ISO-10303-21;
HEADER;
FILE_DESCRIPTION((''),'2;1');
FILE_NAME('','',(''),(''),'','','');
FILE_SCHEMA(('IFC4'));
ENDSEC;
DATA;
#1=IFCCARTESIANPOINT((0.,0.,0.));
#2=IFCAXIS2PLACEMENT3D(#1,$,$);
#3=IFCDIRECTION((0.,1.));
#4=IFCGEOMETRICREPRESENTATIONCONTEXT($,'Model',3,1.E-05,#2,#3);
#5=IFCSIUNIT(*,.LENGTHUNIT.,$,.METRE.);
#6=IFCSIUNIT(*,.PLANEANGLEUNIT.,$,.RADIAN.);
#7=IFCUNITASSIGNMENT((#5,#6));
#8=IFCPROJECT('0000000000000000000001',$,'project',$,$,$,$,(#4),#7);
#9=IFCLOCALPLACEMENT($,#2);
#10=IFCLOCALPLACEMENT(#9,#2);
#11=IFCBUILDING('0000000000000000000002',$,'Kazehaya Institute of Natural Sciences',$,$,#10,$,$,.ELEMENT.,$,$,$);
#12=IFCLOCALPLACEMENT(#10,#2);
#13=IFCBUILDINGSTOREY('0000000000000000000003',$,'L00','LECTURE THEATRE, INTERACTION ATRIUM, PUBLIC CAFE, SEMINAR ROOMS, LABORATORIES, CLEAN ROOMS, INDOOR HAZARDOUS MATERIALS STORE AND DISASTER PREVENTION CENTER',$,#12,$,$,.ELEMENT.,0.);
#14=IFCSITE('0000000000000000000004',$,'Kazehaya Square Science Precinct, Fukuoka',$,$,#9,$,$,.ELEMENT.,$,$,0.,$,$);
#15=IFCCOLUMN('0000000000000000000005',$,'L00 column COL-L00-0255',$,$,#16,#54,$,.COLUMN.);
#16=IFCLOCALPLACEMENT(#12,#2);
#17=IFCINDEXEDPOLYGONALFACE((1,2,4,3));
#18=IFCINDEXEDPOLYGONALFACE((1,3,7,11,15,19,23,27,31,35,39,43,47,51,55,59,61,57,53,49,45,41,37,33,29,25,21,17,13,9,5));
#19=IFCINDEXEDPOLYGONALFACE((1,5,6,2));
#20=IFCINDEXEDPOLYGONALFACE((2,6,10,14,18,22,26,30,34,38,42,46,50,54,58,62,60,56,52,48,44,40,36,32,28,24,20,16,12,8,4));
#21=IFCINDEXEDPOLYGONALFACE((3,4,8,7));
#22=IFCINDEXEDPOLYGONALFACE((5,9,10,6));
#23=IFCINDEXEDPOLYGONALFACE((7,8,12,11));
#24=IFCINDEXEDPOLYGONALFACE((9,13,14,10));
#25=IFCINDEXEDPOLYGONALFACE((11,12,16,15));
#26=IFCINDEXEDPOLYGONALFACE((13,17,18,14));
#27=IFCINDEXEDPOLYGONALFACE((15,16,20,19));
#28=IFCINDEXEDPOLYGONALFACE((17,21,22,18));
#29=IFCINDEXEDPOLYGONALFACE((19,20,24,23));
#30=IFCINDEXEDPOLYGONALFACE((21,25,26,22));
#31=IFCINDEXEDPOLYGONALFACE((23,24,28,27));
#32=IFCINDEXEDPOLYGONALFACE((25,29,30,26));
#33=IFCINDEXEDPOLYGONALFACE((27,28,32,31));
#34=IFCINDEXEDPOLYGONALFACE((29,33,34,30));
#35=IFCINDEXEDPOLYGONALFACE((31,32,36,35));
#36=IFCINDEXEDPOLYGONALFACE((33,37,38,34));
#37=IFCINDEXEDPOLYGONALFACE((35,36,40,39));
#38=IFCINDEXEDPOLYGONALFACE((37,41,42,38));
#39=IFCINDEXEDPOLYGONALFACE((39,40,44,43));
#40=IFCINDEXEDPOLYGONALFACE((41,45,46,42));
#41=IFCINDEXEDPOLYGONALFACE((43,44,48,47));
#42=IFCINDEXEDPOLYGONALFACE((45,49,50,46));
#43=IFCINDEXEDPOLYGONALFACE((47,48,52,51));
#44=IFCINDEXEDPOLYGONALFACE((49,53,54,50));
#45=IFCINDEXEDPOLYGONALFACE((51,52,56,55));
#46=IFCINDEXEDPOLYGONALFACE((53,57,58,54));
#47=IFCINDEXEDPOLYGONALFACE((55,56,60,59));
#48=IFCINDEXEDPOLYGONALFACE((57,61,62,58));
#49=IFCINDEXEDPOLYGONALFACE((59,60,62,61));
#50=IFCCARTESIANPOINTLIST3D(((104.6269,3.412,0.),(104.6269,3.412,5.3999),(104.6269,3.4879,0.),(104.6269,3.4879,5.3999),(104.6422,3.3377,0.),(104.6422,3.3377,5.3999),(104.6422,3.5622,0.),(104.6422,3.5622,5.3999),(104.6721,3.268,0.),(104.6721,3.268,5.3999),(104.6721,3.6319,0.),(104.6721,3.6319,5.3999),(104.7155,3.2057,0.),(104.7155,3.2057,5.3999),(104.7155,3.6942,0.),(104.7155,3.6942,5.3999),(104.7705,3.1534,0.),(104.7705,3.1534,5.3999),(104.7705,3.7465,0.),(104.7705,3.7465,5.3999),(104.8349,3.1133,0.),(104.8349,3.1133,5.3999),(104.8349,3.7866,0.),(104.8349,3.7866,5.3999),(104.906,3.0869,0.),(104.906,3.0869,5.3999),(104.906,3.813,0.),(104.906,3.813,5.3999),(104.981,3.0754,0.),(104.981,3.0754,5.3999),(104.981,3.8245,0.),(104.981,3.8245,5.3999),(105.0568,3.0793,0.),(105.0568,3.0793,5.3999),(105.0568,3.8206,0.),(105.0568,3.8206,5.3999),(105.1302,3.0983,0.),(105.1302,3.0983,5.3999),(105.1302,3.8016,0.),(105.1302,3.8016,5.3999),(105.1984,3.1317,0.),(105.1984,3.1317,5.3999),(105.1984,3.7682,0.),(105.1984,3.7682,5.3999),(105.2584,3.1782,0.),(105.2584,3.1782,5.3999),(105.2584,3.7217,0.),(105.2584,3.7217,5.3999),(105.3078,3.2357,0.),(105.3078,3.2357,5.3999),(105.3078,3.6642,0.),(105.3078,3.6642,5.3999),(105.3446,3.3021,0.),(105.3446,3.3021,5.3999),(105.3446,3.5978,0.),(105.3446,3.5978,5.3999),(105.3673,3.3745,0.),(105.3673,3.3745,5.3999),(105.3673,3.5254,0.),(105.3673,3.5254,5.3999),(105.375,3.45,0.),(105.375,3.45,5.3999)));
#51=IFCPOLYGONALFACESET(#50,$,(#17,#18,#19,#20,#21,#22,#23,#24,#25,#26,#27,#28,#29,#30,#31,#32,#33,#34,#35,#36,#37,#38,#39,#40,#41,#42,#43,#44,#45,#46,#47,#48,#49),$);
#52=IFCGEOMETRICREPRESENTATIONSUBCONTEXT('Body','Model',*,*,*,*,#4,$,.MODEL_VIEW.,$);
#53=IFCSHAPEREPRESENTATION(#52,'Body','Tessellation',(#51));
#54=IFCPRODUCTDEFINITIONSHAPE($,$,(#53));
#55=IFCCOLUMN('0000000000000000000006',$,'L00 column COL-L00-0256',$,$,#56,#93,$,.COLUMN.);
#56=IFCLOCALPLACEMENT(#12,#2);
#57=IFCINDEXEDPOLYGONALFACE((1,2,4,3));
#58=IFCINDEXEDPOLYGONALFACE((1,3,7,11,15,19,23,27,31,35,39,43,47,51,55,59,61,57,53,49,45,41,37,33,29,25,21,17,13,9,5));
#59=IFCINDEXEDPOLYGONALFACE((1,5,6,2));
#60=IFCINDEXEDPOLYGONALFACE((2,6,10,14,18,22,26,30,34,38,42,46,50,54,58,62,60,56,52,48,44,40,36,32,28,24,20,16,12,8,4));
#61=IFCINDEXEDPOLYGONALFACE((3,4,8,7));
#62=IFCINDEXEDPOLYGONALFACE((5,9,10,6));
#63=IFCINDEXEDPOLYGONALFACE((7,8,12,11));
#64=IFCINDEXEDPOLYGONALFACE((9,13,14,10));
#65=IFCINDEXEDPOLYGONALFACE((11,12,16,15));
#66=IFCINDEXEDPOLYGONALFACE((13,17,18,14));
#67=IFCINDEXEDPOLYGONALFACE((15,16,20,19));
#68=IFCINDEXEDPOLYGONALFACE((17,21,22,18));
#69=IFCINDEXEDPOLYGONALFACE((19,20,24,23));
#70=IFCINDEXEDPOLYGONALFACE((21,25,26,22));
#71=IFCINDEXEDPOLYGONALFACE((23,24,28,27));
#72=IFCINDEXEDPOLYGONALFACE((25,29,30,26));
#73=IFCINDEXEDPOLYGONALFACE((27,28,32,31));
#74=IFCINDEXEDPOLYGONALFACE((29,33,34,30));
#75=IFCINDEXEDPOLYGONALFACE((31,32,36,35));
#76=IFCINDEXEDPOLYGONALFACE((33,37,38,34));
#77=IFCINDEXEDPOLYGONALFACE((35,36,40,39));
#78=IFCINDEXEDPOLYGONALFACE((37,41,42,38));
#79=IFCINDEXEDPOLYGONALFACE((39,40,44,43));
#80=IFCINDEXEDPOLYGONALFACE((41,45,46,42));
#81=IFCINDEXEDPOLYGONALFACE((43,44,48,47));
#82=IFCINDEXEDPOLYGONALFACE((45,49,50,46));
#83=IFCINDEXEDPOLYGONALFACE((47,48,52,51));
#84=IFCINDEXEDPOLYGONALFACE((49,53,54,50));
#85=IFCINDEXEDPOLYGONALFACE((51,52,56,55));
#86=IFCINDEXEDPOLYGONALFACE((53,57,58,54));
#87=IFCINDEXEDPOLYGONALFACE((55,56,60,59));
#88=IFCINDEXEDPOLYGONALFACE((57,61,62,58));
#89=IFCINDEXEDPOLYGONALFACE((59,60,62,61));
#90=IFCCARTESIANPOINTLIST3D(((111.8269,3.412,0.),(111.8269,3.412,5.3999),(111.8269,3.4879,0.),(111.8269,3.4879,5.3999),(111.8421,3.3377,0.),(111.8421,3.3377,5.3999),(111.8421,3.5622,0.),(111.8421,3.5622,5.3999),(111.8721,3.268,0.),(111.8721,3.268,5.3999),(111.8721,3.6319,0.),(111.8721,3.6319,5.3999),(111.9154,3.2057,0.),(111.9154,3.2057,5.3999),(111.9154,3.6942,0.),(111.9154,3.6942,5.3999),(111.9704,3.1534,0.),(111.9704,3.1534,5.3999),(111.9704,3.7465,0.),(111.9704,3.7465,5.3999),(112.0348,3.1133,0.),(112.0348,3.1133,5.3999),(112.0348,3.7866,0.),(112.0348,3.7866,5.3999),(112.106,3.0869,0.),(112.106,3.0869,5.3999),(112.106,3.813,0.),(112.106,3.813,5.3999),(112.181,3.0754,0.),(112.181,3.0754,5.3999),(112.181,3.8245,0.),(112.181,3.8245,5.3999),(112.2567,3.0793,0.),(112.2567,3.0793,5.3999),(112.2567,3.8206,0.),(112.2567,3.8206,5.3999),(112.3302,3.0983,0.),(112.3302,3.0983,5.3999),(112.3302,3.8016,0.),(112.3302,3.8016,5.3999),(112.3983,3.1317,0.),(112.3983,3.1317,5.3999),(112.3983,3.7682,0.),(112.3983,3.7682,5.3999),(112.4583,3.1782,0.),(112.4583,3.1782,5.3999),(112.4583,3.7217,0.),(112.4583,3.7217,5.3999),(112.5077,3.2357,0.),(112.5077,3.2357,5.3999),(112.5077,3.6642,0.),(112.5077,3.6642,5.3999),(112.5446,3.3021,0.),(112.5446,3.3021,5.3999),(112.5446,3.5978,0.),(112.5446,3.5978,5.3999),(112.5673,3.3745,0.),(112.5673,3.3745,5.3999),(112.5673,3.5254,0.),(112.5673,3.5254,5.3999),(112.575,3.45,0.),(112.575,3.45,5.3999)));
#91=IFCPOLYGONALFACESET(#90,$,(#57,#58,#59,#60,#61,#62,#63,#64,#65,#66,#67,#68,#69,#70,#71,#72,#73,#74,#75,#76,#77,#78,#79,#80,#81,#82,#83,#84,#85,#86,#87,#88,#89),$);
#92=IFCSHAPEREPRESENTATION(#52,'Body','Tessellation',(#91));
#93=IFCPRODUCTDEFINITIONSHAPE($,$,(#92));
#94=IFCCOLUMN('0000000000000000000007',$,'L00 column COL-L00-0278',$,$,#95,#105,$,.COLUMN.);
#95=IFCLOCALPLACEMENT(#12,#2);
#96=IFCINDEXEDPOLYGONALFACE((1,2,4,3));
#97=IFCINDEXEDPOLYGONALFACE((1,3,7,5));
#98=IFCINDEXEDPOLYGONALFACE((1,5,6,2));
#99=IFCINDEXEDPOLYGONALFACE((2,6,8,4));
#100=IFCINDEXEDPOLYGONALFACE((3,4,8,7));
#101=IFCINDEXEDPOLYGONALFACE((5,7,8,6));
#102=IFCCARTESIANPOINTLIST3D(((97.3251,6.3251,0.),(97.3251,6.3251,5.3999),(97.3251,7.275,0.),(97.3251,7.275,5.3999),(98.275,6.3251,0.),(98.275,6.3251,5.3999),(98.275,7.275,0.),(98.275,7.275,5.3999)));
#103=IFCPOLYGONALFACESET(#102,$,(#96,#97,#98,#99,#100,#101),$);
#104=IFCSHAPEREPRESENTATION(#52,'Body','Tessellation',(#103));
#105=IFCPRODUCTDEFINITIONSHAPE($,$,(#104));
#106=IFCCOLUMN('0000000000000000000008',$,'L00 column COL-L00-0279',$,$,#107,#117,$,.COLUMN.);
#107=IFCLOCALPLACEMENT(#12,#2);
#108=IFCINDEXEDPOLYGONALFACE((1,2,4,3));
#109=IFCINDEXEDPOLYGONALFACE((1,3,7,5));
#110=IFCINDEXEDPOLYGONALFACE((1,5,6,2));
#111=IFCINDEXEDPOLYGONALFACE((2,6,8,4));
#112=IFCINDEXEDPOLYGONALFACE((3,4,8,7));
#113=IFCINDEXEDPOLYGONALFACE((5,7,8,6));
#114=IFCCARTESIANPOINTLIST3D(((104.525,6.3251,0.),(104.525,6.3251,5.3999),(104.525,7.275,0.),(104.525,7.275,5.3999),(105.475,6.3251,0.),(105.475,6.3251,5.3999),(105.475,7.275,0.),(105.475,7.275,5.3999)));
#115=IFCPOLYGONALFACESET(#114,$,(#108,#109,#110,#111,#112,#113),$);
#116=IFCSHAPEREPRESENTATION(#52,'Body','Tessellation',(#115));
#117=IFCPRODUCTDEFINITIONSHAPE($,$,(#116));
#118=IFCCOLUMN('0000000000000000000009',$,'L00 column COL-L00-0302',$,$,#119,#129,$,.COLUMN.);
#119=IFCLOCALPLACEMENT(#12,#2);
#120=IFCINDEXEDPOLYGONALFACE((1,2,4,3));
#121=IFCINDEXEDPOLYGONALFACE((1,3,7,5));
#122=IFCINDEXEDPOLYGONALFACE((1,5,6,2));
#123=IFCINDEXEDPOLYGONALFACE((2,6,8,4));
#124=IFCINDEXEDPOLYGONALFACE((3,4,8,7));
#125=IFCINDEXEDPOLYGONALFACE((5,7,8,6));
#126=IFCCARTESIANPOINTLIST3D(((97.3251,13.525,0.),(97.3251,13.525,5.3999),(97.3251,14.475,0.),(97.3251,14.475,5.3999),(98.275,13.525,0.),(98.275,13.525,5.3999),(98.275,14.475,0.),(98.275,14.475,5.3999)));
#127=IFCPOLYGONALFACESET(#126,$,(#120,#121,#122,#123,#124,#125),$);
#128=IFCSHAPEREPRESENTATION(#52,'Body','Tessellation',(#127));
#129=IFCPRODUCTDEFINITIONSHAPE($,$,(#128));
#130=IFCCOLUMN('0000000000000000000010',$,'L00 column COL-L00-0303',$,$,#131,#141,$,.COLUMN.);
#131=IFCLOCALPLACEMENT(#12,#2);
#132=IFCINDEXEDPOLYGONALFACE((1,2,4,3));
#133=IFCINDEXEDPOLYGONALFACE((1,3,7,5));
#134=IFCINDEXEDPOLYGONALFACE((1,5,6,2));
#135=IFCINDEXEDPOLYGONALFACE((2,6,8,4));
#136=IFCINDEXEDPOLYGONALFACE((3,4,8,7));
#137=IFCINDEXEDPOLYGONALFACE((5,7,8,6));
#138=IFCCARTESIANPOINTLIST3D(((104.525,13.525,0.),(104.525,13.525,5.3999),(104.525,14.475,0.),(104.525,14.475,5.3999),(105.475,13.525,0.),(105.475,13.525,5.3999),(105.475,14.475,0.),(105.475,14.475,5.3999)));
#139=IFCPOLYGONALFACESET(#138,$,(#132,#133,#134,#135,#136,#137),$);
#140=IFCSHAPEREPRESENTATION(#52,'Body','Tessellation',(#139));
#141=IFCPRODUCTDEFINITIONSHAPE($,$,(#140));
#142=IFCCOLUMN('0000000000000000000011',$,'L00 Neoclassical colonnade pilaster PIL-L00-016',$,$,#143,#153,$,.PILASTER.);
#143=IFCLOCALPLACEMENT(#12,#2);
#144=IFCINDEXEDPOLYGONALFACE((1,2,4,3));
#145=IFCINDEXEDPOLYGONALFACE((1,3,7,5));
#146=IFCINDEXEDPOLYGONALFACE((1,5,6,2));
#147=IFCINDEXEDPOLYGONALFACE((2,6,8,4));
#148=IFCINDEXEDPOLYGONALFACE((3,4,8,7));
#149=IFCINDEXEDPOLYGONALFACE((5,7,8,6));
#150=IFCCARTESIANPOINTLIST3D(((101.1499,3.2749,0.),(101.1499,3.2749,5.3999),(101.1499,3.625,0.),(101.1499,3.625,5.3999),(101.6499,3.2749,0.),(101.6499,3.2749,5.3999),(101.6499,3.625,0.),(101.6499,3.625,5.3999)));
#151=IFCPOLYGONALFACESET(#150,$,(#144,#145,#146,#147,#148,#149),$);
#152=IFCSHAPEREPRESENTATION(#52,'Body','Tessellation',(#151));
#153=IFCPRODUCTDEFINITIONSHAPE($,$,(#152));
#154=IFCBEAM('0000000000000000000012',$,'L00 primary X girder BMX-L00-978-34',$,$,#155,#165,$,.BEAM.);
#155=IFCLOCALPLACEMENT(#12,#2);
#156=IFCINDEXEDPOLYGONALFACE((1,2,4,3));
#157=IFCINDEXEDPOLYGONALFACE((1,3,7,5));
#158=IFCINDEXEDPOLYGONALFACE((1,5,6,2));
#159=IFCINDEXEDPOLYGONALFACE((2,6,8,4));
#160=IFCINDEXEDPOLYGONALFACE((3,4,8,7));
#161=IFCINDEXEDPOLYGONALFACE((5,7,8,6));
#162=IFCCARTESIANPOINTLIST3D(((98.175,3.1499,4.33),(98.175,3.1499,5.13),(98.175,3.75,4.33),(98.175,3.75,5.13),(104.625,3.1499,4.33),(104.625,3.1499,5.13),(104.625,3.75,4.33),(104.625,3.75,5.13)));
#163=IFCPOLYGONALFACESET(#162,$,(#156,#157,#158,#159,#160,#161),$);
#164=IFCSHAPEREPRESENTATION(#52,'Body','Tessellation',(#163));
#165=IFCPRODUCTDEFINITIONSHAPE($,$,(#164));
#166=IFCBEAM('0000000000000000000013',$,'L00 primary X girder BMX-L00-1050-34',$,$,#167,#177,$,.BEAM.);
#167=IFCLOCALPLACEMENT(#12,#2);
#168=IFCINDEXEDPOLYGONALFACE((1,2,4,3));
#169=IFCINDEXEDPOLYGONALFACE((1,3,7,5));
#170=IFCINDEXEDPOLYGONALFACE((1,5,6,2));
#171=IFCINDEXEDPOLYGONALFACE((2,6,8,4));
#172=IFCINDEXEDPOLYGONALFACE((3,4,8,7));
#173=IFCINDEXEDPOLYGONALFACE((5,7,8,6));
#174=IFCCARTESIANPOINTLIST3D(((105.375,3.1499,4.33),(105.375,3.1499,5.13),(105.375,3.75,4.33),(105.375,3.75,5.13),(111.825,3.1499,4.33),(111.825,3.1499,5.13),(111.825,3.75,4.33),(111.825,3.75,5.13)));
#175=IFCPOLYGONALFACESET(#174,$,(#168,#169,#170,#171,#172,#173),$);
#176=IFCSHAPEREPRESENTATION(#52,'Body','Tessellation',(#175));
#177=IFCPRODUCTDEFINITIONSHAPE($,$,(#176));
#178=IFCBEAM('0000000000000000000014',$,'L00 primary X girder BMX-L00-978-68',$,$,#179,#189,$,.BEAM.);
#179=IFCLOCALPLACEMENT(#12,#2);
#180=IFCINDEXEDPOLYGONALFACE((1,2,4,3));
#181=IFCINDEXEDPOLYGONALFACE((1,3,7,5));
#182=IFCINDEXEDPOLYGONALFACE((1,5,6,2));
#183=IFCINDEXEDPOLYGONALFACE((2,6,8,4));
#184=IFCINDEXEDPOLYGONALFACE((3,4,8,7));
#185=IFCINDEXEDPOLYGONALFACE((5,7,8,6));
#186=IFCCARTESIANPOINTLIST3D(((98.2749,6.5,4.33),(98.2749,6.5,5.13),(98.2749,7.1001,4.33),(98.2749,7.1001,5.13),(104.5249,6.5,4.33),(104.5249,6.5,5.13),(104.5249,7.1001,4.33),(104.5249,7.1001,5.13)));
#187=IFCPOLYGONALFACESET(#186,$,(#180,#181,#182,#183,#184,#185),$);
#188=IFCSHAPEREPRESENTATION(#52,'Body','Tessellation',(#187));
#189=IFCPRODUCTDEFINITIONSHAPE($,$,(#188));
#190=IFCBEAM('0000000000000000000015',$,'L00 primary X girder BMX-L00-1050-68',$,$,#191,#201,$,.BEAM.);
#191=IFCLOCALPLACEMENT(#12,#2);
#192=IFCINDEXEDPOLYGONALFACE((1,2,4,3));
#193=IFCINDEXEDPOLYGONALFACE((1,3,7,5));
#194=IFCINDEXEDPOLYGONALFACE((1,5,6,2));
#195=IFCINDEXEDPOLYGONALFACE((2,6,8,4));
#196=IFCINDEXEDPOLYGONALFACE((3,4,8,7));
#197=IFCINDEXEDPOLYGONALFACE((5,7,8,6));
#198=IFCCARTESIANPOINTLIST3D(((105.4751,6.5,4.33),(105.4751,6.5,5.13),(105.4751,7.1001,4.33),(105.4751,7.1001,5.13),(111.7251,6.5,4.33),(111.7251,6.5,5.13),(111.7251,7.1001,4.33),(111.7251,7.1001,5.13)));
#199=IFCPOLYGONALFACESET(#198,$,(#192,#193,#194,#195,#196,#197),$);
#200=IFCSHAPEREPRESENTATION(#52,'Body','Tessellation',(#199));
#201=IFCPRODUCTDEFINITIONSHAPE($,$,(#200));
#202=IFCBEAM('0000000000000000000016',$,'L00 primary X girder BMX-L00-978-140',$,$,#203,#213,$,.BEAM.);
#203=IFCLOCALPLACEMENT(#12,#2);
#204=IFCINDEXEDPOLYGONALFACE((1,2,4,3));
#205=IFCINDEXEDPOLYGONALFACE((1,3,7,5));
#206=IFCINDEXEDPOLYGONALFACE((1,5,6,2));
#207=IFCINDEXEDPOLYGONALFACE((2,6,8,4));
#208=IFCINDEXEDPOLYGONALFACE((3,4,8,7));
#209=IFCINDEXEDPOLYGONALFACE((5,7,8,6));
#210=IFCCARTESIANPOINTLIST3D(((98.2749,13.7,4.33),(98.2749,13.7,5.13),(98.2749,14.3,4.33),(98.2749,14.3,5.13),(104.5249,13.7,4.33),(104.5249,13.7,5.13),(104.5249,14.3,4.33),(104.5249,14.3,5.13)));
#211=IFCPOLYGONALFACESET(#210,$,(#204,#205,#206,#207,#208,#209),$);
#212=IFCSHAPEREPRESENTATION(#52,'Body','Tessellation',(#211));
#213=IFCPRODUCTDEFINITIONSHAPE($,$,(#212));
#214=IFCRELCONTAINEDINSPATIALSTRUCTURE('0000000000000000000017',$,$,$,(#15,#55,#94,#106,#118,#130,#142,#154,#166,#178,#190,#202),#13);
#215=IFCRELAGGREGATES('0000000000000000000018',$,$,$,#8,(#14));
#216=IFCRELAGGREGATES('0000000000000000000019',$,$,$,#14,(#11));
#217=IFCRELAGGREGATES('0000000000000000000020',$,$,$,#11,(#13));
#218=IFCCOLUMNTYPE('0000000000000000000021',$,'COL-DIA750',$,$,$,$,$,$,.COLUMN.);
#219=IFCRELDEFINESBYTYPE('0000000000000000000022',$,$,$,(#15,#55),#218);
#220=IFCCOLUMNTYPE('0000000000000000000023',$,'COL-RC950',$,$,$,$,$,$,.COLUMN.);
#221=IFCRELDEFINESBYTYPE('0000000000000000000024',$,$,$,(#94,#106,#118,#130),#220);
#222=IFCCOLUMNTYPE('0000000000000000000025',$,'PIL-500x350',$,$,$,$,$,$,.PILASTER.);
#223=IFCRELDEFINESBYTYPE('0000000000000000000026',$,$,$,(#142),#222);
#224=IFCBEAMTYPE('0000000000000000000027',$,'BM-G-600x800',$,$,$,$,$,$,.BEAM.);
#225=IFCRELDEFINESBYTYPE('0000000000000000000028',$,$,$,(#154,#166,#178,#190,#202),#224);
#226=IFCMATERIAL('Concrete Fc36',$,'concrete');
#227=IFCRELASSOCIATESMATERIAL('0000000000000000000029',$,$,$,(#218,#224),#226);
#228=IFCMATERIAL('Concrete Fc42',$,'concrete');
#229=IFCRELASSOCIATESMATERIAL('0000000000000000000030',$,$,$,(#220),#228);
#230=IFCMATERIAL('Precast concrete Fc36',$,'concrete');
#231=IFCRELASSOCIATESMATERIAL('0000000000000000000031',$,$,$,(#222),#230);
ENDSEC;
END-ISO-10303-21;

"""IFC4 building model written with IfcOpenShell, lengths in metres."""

from ifc_helpers import new_model, si_unit, direction, frame, origin, origin_2d, place, context, subcontext, project, spatial, rectangle, circle, extrude, material, material_profile, profile_set, type_object, element, save


model = new_model("IFC4")

# Units and contexts
model_context = context("Model", 3, precision=1e-05, world=origin(), true_north=direction((0.0, 1.0)))
body_context = subcontext(model_context, "Body", "Model", "MODEL_VIEW")
ifc_project = project(units=[si_unit("LENGTHUNIT", "METRE"), si_unit("PLANEANGLEUNIT", "RADIAN")], contexts=[model_context])

# Site, building, storey
site_placement = place(None, origin())
site = spatial("IfcSite", under=ifc_project, at=site_placement, Name="Kazehaya Square Science Precinct, Fukuoka", CompositionType="ELEMENT", RefElevation=0.0)
building_placement = place(site_placement, origin())
building = spatial("IfcBuilding", under=site, at=building_placement, Name="Kazehaya Institute of Natural Sciences", CompositionType="ELEMENT")
storey_placement = place(building_placement, origin())
storey = spatial("IfcBuildingStorey", under=building, at=storey_placement, Name="L00", Description="LECTURE THEATRE, INTERACTION ATRIUM, PUBLIC CAFE, SEMINAR ROOMS, LABORATORIES, CLEAN ROOMS, INDOOR HAZARDOUS MATERIALS STORE AND DISASTER PREVENTION CENTER", CompositionType="ELEMENT", Elevation=0.0)

# Columns
ifc_material_1 = material(Name="Concrete Fc36", Category="concrete")
ifc_material_profile_1 = material_profile(ifc_material_1, circle(Radius=0.375, at=origin_2d()), Name="RC-DIA750")
ifc_profile_set_1 = profile_set([ifc_material_profile_1], Name="Concrete Fc36")
column_type_1 = type_object("IfcColumnType", Name="COL-DIA750", PredefinedType="COLUMN", material=ifc_profile_set_1)
for number, where, z_axis, x_axis, name in (
    (1, (105.0, 3.45, 0.0), (0.0, 0.0, 1.0), (1.0, 0.0, 0.0), "L00 column COL-L00-0255"),
    (2, (112.2, 3.45, 0.0), (0.0, 0.0, 1.0), (1.0, 0.0, 0.0), "L00 column COL-L00-0256"),
):
    element("IfcColumn", number, at=place(storey_placement, frame(where, z_axis=z_axis, x_axis=x_axis)), inside=storey, type_object=column_type_1, Name=name, PredefinedType="COLUMN", context=body_context, shape_type="SweptSolid", body=[
        extrude(circle(Radius=0.375, at=origin_2d()), origin(), (0.0, 0.0, 1.0), 5.3999),
    ])
ifc_material_2 = material(Name="Concrete Fc42", Category="concrete")
ifc_material_profile_2 = material_profile(ifc_material_2, rectangle(XDim=0.95, YDim=0.95, at=origin_2d()), Name="RC-950x950")
ifc_profile_set_2 = profile_set([ifc_material_profile_2], Name="Concrete Fc42")
column_type_2 = type_object("IfcColumnType", Name="COL-RC950", PredefinedType="COLUMN", material=ifc_profile_set_2)
for number, where, z_axis, x_axis, name in (
    (3, (97.8, 6.8, 0.0), (0.0, 0.0, 1.0), (1.0, 0.0, 0.0), "L00 column COL-L00-0278"),
    (4, (105.0, 6.8, 0.0), (0.0, 0.0, 1.0), (1.0, 0.0, 0.0), "L00 column COL-L00-0279"),
    (5, (97.8, 14.0, 0.0), (0.0, 0.0, 1.0), (1.0, 0.0, 0.0), "L00 column COL-L00-0302"),
    (6, (105.0, 14.0, 0.0), (0.0, 0.0, 1.0), (1.0, 0.0, 0.0), "L00 column COL-L00-0303"),
):
    element("IfcColumn", number, at=place(storey_placement, frame(where, z_axis=z_axis, x_axis=x_axis)), inside=storey, type_object=column_type_2, Name=name, PredefinedType="COLUMN", context=body_context, shape_type="SweptSolid", body=[
        extrude(rectangle(XDim=0.95, YDim=0.95, at=origin_2d()), origin(), (0.0, 0.0, 1.0), 5.3999),
    ])
ifc_material_3 = material(Name="Precast concrete Fc36", Category="concrete")
ifc_material_profile_3 = material_profile(ifc_material_3, rectangle(XDim=0.5, YDim=0.3501, at=origin_2d()), Name="RC-PIL-500x350")
ifc_profile_set_3 = profile_set([ifc_material_profile_3], Name="Precast concrete Fc36")
column_type_3 = type_object("IfcColumnType", Name="PIL-500x350", PredefinedType="PILASTER", material=ifc_profile_set_3)
column_placement = place(storey_placement, frame((101.3999, 3.45, 0.0), z_axis=(0.0, 0.0, 1.0), x_axis=(1.0, 0.0, 0.0)))
element("IfcColumn", 7, at=column_placement, inside=storey, type_object=column_type_3, Name="L00 Neoclassical colonnade pilaster PIL-L00-016", PredefinedType="PILASTER", context=body_context, shape_type="SweptSolid", body=[
    extrude(rectangle(XDim=0.5, YDim=0.3501, at=origin_2d()), origin(), (0.0, 0.0, 1.0), 5.3999),
])

# Beams
ifc_material_profile_4 = material_profile(ifc_material_1, rectangle(XDim=0.6001, YDim=0.8, at=origin_2d()), Name="RC-600x800")
ifc_profile_set_4 = profile_set([ifc_material_profile_4], Name="Concrete Fc36")
beam_type_1 = type_object("IfcBeamType", Name="BM-G-600x800", PredefinedType="BEAM", material=ifc_profile_set_4)
for number, where, z_axis, x_axis, name in (
    (8, (98.175, 3.45, 4.73), (1.0, 0.0, 0.0), (0.0, 1.0, 0.0), "L00 primary X girder BMX-L00-978-34"),
    (9, (105.375, 3.45, 4.73), (1.0, 0.0, 0.0), (0.0, 1.0, 0.0), "L00 primary X girder BMX-L00-1050-34"),
):
    element("IfcBeam", number, at=place(storey_placement, frame(where, z_axis=z_axis, x_axis=x_axis)), inside=storey, type_object=beam_type_1, Name=name, PredefinedType="BEAM", context=body_context, shape_type="SweptSolid", body=[
        extrude(rectangle(XDim=0.6001, YDim=0.8, at=origin_2d()), origin(), (0.0, 0.0, 1.0), 6.45),
    ])
for number, where, z_axis, x_axis, name in (
    (10, (98.2749, 6.8, 4.73), (1.0, 0.0, 0.0), (0.0, 1.0, 0.0), "L00 primary X girder BMX-L00-978-68"),
    (11, (105.4751, 6.8, 4.73), (1.0, 0.0, 0.0), (0.0, 1.0, 0.0), "L00 primary X girder BMX-L00-1050-68"),
    (12, (98.2749, 14.0, 4.73), (1.0, 0.0, 0.0), (0.0, 1.0, 0.0), "L00 primary X girder BMX-L00-978-140"),
):
    element("IfcBeam", number, at=place(storey_placement, frame(where, z_axis=z_axis, x_axis=x_axis)), inside=storey, type_object=beam_type_1, Name=name, PredefinedType="BEAM", context=body_context, shape_type="SweptSolid", body=[
        extrude(rectangle(XDim=0.6001, YDim=0.8, at=origin_2d()), origin(), (0.0, 0.0, 1.0), 6.25),
    ])

save(model, "model.ifc")
